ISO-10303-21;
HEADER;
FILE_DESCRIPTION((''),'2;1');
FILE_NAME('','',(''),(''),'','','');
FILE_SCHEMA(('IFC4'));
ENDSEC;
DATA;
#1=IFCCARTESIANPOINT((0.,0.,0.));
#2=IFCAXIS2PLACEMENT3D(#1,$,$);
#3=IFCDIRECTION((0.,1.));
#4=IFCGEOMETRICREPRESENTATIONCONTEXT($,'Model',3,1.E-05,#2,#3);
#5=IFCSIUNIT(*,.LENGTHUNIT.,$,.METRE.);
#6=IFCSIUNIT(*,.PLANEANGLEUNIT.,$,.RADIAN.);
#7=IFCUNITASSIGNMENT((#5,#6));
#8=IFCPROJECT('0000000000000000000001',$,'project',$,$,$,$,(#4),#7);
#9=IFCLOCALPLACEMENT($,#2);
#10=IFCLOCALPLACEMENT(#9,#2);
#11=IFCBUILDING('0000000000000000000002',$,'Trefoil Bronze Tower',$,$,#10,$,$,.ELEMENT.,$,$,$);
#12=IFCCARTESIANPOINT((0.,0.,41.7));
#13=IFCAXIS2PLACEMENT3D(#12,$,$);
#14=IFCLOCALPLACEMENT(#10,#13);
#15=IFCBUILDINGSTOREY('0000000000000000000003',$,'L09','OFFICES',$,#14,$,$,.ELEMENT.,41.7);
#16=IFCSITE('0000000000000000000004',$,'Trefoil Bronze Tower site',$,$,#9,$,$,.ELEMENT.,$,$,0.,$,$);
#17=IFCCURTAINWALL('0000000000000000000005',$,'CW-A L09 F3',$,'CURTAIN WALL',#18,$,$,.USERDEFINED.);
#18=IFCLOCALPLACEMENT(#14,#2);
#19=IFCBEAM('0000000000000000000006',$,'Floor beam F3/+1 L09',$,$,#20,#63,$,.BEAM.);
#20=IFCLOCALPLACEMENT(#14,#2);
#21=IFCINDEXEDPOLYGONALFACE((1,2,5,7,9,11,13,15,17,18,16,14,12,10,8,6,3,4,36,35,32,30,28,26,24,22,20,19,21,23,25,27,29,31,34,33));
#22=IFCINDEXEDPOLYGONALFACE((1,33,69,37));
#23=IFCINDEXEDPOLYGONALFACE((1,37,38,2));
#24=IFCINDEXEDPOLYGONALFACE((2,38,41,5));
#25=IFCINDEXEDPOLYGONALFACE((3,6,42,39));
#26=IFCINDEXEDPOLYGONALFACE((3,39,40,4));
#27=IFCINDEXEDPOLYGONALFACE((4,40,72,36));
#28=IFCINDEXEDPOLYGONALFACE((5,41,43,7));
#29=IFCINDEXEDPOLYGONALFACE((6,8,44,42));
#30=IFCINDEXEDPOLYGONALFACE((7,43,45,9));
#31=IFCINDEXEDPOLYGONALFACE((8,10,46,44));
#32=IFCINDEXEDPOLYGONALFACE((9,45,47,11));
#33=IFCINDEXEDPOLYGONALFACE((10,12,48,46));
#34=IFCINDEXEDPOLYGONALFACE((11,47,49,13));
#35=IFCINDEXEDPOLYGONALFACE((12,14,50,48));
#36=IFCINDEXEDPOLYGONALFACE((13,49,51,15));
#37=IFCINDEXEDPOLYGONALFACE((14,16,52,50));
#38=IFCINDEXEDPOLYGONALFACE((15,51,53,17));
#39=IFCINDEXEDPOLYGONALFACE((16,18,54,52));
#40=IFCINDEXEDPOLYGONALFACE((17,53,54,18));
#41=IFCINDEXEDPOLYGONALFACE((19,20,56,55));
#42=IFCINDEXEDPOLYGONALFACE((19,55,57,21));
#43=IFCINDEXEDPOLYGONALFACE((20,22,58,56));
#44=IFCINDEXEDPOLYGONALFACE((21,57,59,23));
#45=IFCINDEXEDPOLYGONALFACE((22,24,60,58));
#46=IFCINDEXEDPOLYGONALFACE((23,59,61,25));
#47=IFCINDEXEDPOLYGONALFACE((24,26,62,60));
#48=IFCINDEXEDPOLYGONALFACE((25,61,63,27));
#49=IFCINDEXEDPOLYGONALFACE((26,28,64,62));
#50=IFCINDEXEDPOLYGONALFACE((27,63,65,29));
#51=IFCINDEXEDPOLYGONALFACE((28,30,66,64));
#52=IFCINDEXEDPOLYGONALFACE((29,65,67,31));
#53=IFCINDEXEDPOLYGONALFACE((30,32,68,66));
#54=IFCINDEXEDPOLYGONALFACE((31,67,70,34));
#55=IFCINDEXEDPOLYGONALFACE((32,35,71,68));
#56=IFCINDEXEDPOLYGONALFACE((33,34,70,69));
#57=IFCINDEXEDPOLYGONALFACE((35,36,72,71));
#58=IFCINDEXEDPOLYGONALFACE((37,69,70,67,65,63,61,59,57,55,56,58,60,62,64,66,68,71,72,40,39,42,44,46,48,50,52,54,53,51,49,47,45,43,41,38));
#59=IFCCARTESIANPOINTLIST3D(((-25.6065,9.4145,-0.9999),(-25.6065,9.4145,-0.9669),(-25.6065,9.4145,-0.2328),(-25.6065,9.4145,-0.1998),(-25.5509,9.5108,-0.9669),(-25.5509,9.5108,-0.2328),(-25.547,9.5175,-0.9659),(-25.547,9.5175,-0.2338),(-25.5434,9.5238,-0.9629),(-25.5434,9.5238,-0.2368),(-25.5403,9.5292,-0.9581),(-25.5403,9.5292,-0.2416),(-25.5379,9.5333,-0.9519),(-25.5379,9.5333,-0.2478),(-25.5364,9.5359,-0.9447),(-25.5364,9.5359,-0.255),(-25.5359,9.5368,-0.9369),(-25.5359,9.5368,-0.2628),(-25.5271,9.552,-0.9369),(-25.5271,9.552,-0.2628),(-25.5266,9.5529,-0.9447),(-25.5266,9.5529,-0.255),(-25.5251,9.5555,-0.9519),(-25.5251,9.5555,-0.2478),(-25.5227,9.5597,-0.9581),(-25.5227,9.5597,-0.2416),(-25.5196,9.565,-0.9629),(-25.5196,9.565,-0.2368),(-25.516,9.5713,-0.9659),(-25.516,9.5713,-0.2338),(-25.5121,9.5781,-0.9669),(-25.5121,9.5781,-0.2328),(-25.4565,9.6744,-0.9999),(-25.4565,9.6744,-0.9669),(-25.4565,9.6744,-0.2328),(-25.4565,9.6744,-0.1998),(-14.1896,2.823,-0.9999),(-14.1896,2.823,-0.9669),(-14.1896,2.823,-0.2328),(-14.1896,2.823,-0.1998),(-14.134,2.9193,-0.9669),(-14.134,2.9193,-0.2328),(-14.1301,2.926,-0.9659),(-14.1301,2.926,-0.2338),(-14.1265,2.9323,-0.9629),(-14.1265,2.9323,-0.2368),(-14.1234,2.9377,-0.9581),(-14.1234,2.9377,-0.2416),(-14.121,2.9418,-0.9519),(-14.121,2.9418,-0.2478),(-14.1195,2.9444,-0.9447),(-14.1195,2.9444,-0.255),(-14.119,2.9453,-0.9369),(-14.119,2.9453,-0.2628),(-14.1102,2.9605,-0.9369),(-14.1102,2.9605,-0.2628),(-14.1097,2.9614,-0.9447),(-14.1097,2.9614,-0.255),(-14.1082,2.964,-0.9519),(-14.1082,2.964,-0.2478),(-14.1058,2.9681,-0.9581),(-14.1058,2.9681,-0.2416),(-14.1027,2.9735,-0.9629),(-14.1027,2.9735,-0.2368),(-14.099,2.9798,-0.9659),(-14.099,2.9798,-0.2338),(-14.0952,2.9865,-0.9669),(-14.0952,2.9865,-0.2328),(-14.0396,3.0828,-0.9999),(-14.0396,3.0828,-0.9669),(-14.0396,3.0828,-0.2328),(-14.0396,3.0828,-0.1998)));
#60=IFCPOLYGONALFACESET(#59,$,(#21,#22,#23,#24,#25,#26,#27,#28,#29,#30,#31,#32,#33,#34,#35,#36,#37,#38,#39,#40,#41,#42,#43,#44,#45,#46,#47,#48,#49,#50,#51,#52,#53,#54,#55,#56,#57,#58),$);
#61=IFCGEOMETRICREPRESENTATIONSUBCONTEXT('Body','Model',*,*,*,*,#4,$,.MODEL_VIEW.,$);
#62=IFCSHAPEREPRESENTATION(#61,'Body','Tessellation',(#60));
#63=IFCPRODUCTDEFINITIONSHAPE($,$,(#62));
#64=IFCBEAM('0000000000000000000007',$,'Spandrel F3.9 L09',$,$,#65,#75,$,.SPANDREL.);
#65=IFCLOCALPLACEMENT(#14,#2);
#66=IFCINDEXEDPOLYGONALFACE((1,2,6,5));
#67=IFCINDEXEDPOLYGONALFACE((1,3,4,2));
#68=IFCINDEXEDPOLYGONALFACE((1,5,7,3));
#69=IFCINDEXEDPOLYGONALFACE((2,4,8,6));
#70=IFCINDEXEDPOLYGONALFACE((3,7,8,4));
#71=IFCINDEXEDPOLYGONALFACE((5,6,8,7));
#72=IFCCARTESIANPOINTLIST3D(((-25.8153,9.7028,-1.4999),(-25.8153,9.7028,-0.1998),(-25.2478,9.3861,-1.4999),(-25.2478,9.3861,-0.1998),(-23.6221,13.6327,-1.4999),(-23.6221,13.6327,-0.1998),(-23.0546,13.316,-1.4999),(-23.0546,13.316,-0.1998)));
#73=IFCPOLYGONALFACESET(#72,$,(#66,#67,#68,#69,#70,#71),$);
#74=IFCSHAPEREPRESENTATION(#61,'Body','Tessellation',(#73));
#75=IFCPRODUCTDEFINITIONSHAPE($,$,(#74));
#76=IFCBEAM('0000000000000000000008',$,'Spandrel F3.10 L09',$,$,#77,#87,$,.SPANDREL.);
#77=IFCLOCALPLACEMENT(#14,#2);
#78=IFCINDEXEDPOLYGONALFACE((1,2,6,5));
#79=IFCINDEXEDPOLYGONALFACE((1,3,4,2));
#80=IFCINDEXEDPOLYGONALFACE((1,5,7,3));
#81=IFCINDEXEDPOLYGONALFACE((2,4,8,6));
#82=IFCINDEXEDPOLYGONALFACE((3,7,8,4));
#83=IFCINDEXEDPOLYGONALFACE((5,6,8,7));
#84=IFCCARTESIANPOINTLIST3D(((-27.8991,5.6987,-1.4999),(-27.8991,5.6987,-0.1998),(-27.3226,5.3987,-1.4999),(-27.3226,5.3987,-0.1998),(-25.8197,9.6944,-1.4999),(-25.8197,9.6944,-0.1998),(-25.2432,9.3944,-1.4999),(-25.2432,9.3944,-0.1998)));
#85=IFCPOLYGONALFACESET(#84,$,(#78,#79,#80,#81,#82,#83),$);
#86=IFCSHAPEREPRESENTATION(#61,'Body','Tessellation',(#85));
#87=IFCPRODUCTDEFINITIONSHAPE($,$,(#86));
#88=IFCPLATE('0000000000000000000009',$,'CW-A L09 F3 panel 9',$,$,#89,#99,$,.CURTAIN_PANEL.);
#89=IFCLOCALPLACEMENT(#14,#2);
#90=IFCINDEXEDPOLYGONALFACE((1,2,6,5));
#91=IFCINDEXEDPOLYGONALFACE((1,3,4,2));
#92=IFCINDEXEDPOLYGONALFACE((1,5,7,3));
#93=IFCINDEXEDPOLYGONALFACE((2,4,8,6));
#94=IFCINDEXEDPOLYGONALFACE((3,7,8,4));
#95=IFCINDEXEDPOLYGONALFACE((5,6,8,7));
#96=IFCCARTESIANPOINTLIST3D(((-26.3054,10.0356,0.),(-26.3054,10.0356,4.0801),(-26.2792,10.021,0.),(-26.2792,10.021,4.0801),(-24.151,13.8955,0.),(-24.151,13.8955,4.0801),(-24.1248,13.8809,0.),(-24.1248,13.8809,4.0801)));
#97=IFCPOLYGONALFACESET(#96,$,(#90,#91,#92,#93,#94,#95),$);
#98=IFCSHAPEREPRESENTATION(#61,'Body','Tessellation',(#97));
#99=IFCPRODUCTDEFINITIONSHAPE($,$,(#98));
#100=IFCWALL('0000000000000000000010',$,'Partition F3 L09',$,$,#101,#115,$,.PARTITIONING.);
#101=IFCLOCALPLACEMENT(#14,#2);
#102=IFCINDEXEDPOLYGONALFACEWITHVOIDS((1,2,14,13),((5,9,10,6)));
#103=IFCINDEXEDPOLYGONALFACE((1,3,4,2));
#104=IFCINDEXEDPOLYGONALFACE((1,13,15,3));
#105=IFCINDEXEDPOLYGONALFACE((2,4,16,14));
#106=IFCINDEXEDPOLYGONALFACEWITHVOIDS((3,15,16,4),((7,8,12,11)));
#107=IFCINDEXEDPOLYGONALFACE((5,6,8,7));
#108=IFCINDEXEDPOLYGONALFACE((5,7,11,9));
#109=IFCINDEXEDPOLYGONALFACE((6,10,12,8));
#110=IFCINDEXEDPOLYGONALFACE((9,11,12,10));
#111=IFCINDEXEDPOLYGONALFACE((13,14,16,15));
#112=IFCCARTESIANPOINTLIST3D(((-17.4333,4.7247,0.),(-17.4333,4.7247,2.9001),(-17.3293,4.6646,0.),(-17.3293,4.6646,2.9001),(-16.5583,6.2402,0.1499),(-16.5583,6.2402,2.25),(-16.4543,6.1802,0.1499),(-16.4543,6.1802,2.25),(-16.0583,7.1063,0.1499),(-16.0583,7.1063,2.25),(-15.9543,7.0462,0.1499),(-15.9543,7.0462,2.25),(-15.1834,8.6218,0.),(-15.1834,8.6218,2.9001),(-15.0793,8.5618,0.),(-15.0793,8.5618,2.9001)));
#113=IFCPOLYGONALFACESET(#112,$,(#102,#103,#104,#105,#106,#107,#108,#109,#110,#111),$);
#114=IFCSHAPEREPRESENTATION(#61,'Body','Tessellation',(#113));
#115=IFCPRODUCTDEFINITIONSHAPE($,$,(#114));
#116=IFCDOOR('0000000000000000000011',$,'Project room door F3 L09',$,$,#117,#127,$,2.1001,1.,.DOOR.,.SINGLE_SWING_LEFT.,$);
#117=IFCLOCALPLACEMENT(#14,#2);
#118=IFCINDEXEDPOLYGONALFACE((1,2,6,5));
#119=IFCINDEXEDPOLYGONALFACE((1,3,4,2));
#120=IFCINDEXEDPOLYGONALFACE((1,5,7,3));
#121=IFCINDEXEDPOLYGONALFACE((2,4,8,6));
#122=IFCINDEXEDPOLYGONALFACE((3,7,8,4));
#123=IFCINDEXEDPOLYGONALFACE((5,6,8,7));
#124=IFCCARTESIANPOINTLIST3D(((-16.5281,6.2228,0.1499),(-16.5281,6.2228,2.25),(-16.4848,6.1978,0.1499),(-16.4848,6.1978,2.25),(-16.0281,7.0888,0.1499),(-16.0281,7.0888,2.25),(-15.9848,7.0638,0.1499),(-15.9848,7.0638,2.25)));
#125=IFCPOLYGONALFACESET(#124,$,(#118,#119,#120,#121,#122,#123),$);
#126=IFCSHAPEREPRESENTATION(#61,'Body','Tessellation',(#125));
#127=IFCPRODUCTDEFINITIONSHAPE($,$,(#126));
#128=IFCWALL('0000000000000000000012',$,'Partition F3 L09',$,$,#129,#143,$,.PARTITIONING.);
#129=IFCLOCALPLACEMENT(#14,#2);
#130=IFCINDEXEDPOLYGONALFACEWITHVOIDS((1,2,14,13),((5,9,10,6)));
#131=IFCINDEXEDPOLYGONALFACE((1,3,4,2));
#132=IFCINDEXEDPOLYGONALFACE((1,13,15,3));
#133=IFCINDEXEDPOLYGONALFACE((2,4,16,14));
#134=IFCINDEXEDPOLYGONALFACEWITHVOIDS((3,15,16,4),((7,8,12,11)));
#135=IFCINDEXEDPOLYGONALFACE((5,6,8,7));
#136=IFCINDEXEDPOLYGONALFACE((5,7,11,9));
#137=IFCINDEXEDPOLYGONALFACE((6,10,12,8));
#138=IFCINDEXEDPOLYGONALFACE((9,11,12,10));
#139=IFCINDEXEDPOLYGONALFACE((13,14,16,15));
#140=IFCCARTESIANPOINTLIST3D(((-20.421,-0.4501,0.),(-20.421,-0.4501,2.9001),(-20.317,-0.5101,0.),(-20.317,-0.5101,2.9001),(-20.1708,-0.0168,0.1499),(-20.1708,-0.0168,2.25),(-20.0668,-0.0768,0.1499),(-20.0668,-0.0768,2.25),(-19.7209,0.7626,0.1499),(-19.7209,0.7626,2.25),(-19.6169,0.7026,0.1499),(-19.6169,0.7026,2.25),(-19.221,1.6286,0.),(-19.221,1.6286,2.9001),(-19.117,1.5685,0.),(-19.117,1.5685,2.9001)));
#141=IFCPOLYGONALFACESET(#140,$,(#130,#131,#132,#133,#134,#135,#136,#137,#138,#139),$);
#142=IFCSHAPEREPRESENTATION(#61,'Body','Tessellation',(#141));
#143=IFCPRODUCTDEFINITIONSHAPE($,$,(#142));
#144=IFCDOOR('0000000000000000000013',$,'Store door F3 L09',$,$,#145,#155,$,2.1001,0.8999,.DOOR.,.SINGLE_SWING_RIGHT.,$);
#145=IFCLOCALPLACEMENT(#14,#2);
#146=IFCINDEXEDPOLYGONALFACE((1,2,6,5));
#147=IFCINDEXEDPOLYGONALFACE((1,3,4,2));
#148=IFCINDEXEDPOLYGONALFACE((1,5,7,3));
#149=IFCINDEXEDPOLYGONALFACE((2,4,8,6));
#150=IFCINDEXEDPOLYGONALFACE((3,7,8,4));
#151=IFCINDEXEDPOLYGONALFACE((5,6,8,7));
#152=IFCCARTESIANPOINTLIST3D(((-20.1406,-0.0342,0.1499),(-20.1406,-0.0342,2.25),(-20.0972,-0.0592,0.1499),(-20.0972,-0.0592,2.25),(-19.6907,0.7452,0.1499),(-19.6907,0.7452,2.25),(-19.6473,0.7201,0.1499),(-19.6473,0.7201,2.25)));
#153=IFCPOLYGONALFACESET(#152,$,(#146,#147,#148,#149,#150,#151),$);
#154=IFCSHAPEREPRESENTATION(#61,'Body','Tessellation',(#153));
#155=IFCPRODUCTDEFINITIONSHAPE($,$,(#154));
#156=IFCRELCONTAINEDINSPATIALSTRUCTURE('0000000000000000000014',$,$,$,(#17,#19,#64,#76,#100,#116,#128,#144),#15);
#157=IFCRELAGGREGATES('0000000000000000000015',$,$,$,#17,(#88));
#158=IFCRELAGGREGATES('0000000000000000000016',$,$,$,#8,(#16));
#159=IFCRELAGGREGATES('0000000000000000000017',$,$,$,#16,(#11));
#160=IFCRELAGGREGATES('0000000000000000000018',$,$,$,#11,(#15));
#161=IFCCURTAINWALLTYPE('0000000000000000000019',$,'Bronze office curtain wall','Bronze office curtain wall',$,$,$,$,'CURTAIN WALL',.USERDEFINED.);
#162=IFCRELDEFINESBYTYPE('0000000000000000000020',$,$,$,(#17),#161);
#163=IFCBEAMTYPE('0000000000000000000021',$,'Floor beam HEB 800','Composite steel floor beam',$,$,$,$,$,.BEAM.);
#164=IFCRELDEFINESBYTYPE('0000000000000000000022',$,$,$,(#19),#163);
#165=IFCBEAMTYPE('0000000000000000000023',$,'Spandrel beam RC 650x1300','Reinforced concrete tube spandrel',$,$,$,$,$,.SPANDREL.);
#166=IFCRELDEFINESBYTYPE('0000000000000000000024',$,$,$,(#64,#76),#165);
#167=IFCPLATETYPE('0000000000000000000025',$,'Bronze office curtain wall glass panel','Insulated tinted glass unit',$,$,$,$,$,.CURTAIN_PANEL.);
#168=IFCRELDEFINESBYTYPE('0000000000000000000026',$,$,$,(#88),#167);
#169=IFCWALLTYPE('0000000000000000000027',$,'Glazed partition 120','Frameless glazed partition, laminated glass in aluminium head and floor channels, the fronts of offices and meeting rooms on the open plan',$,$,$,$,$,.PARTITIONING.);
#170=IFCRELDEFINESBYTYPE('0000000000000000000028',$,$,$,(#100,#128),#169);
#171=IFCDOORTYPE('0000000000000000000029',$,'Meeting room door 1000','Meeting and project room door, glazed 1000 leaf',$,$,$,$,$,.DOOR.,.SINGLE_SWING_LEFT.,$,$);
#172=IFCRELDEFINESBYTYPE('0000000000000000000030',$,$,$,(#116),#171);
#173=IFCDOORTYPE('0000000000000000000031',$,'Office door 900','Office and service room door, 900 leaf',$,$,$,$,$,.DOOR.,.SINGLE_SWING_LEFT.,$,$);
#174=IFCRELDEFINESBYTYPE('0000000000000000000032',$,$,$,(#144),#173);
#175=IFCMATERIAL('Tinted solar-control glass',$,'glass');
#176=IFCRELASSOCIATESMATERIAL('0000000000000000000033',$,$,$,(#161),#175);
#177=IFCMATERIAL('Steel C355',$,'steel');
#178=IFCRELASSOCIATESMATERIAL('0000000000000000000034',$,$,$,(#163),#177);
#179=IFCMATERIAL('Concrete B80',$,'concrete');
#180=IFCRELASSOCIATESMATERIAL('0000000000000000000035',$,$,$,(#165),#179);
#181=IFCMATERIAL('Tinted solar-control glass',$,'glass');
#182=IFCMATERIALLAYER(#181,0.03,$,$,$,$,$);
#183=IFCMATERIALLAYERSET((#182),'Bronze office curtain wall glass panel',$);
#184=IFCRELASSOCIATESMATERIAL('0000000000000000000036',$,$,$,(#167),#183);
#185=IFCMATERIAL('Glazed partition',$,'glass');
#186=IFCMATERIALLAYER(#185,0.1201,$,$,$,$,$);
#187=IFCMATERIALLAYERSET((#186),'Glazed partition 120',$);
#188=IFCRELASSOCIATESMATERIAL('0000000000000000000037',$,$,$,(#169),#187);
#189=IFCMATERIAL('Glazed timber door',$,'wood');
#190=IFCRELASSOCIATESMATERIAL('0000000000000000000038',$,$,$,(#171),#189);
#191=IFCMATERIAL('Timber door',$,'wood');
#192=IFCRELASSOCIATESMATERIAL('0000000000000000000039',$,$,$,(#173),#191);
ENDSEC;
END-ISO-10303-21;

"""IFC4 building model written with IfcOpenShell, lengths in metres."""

from ifc_helpers import new_model, si_unit, direction, frame, frame_2d, origin, origin_2d, place, context, subcontext, project, spatial, rectangle, i_section, extrude, material, layer, layer_set, material_profile, profile_set, type_object, element, fill, aggregate, save


model = new_model("IFC4")

# Units and contexts
model_context = context("Model", 3, precision=1e-05, world=origin(), true_north=direction((0.0, 1.0)))
body_context = subcontext(model_context, "Body", "Model", "MODEL_VIEW")
ifc_project = project(units=[si_unit("LENGTHUNIT", "METRE"), si_unit("PLANEANGLEUNIT", "RADIAN")], contexts=[model_context])

# Site, building, storey
site_placement = place(None, origin())
site = spatial("IfcSite", under=ifc_project, at=site_placement, Name="Trefoil Bronze Tower site", CompositionType="ELEMENT", RefElevation=0.0)
building_placement = place(site_placement, origin())
building = spatial("IfcBuilding", under=site, at=building_placement, Name="Trefoil Bronze Tower", CompositionType="ELEMENT")
storey_placement = place(building_placement, frame((0.0, 0.0, 41.7)))
storey = spatial("IfcBuildingStorey", under=building, at=storey_placement, Name="L09", Description="OFFICES", CompositionType="ELEMENT", Elevation=41.7)

# Curtain wall
ifc_material_1 = material(Name="Tinted solar-control glass", Category="glass")
curtain_wall_type = type_object("IfcCurtainWallType", Name="Bronze office curtain wall", Description="Bronze office curtain wall", ElementType="CURTAIN WALL", PredefinedType="USERDEFINED", material=ifc_material_1)
curtain_wall_placement = place(storey_placement, origin())
curtain_wall = element("IfcCurtainWall", 1, at=curtain_wall_placement, inside=storey, type_object=curtain_wall_type, Name="CW-A L09 F3", ObjectType="CURTAIN WALL", PredefinedType="USERDEFINED")

# Beams
ifc_material_2 = material(Name="Steel C355", Category="steel")
ifc_material_profile_1 = material_profile(ifc_material_2, i_section(OverallWidth=0.3, OverallDepth=0.8, WebThickness=0.0176, FlangeThickness=0.033, FilletRadius=0.03, at=origin_2d()), Name="HEB 800")
ifc_profile_set_1 = profile_set([ifc_material_profile_1], Name="Steel C355")
beam_type_1 = type_object("IfcBeamType", Name="Floor beam HEB 800", Description="Composite steel floor beam", PredefinedType="BEAM", material=ifc_profile_set_1)
beam_1_placement = place(storey_placement, frame((-25.5315, 9.5444, -0.5999), z_axis=(0.866027, -0.499997, 0.0), x_axis=(0.499997, 0.866027, 0.0)))
element("IfcBeam", 2, at=beam_1_placement, inside=storey, type_object=beam_type_1, Name="Floor beam F3/+1 L09", PredefinedType="BEAM", context=body_context, shape_type="SweptSolid", body=[
    extrude(i_section(OverallWidth=0.3, OverallDepth=0.8, WebThickness=0.0176, FlangeThickness=0.033, FilletRadius=0.03, at=origin_2d()), origin(), (0.0, 0.0, 1.0), 13.1831),
])
ifc_material_3 = material(Name="Concrete B80", Category="concrete")
ifc_material_profile_2 = material_profile(ifc_material_3, rectangle(XDim=0.6499, YDim=1.3, at=origin_2d()), Name="RC 650x1300")
ifc_profile_set_2 = profile_set([ifc_material_profile_2], Name="Concrete B80")
beam_type_2 = type_object("IfcBeamType", Name="Spandrel beam RC 650x1300", Description="Reinforced concrete tube spandrel", PredefinedType="SPANDREL", material=ifc_profile_set_2)
beam_2_placement = place(storey_placement, frame((-23.3384, 13.4744, -0.8499), z_axis=(-0.487309, -0.873229, 0.0), x_axis=(0.873229, -0.487309, 0.0)))
element("IfcBeam", 3, at=beam_2_placement, inside=storey, type_object=beam_type_2, Name="Spandrel F3.9 L09", PredefinedType="SPANDREL", context=body_context, shape_type="SweptSolid", body=[
    extrude(rectangle(XDim=0.6499, YDim=1.3, at=origin_2d()), origin(), (0.0, 0.0, 1.0), 4.5005),
])
beam_3_placement = place(storey_placement, frame((-25.5315, 9.5444, -0.8499), z_axis=(-0.461638, -0.887069, 0.0), x_axis=(0.887069, -0.461638, 0.0)))
element("IfcBeam", 4, at=beam_3_placement, inside=storey, type_object=beam_type_2, Name="Spandrel F3.10 L09", PredefinedType="SPANDREL", context=body_context, shape_type="SweptSolid", body=[
    extrude(rectangle(XDim=0.6499, YDim=1.3, at=origin_2d()), origin(), (0.0, 0.0, 1.0), 4.5044),
])

# Plate
ifc_material_4 = material(Name="Tinted solar-control glass", Category="glass")
ifc_layer_1 = layer(ifc_material_4, 0.03)
ifc_layer_set_1 = layer_set([ifc_layer_1], Name="Bronze office curtain wall glass panel")
plate_type = type_object("IfcPlateType", Name="Bronze office curtain wall glass panel", Description="Insulated tinted glass unit", PredefinedType="CURTAIN_PANEL", material=ifc_layer_set_1)
plate_placement = place(storey_placement, frame((-25.2151, 11.9583, 0.0), z_axis=(0.0, 0.0, 1.0), x_axis=(-0.487382, -0.873189, 0.0)))
plate = element("IfcPlate", 5, at=plate_placement, type_object=plate_type, Name="CW-A L09 F3 panel 9", PredefinedType="CURTAIN_PANEL", context=body_context, shape_type="SweptSolid", body=[
    extrude(rectangle(XDim=4.4204, YDim=0.03, at=origin_2d()), origin(), (0.0, 0.0, 1.0), 4.0801),
])
aggregate(curtain_wall, [plate])

# Walls, openings, doors
ifc_material_5 = material(Name="Glazed partition", Category="glass")
ifc_layer_2 = layer(ifc_material_5, 0.1201)
ifc_layer_set_2 = layer_set([ifc_layer_2], Name="Glazed partition 120")
wall_type_1 = type_object("IfcWallType", Name="Glazed partition 120", Description="Frameless glazed partition, laminated glass in aluminium head and floor channels, the fronts of offices and meeting rooms on the open plan", PredefinedType="PARTITIONING", material=ifc_layer_set_2)
wall_1_placement = place(storey_placement, frame((-15.1313, 8.5918, 0.0), z_axis=(0.0, 0.0, 1.0), x_axis=(-0.49999, -0.866031, 0.0)))
wall_1 = element("IfcWall", 6, at=wall_1_placement, inside=storey, type_object=wall_type_1, Name="Partition F3 L09", PredefinedType="PARTITIONING", context=body_context, shape_type="SweptSolid", body=[
    extrude(rectangle(XDim=4.5, YDim=0.1201, at=frame_2d((2.25, 0.0))), origin(), (0.0, 0.0, 1.0), 2.9001),
])
opening_1_placement = place(wall_1_placement, frame((1.75, 0.0, 0.1499)))
opening_1 = element("IfcOpeningElement", 7, at=opening_1_placement, cuts=wall_1, PredefinedType="OPENING", context=body_context, shape_type="SweptSolid", body=[
    extrude(rectangle(XDim=1.0, YDim=2.1001, at=frame_2d((0.5, 1.05))), frame((0.0, 0.0701, 0.0), z_axis=(0.0, -1.0, 0.0), x_axis=(1.0, 0.0, 0.0)), (0.0, 0.0, 1.0), 0.1401),
])
ifc_material_6 = material(Name="Glazed timber door", Category="wood")
door_type_1 = type_object("IfcDoorType", Name="Meeting room door 1000", Description="Meeting and project room door, glazed 1000 leaf", OperationType="SINGLE_SWING_LEFT", PredefinedType="DOOR", material=ifc_material_6)
door_1_placement = place(opening_1_placement, origin())
door_1 = element("IfcDoor", 8, at=door_1_placement, inside=storey, type_object=door_type_1, Name="Project room door F3 L09", OperationType="SINGLE_SWING_LEFT", OverallHeight=2.1001, OverallWidth=1.0, PredefinedType="DOOR", context=body_context, shape_type="SweptSolid", body=[
    extrude(rectangle(XDim=1.0, YDim=2.1001, at=frame_2d((0.5, 1.05))), frame((0.0, 0.0249, 0.0), z_axis=(0.0, -1.0, 0.0), x_axis=(1.0, 0.0, 0.0)), (0.0, 0.0, 1.0), 0.05),
])
fill(opening_1, door_1)
wall_2_placement = place(storey_placement, frame((-19.1689, 1.5986, 0.0), z_axis=(0.0, 0.0, 1.0), x_axis=(-0.499957, -0.86605, 0.0)))
wall_2 = element("IfcWall", 9, at=wall_2_placement, inside=storey, type_object=wall_type_1, Name="Partition F3 L09", PredefinedType="PARTITIONING", context=body_context, shape_type="SweptSolid", body=[
    extrude(rectangle(XDim=2.4001, YDim=0.1201, at=frame_2d((1.2002, 0.0))), origin(), (0.0, 0.0, 1.0), 2.9001),
])
opening_2_placement = place(wall_2_placement, frame((1.0, 0.0, 0.1499)))
opening_2 = element("IfcOpeningElement", 10, at=opening_2_placement, cuts=wall_2, PredefinedType="OPENING", context=body_context, shape_type="SweptSolid", body=[
    extrude(rectangle(XDim=0.8999, YDim=2.1001, at=frame_2d((0.45, 1.05))), frame((0.0, 0.0701, 0.0), z_axis=(0.0, -1.0, 0.0), x_axis=(1.0, 0.0, 0.0)), (0.0, 0.0, 1.0), 0.1401),
])
ifc_material_7 = material(Name="Timber door", Category="wood")
door_type_2 = type_object("IfcDoorType", Name="Office door 900", Description="Office and service room door, 900 leaf", OperationType="SINGLE_SWING_LEFT", PredefinedType="DOOR", material=ifc_material_7)
door_2_placement = place(opening_2_placement, origin())
door_2 = element("IfcDoor", 11, at=door_2_placement, inside=storey, type_object=door_type_2, Name="Store door F3 L09", OperationType="SINGLE_SWING_RIGHT", OverallHeight=2.1001, OverallWidth=0.8999, PredefinedType="DOOR", context=body_context, shape_type="SweptSolid", body=[
    extrude(rectangle(XDim=0.8999, YDim=2.1001, at=frame_2d((0.45, 1.05))), frame((0.0, 0.0249, 0.0), z_axis=(0.0, -1.0, 0.0), x_axis=(1.0, 0.0, 0.0)), (0.0, 0.0, 1.0), 0.05),
])
fill(opening_2, door_2)

save(model, "model.ifc")
